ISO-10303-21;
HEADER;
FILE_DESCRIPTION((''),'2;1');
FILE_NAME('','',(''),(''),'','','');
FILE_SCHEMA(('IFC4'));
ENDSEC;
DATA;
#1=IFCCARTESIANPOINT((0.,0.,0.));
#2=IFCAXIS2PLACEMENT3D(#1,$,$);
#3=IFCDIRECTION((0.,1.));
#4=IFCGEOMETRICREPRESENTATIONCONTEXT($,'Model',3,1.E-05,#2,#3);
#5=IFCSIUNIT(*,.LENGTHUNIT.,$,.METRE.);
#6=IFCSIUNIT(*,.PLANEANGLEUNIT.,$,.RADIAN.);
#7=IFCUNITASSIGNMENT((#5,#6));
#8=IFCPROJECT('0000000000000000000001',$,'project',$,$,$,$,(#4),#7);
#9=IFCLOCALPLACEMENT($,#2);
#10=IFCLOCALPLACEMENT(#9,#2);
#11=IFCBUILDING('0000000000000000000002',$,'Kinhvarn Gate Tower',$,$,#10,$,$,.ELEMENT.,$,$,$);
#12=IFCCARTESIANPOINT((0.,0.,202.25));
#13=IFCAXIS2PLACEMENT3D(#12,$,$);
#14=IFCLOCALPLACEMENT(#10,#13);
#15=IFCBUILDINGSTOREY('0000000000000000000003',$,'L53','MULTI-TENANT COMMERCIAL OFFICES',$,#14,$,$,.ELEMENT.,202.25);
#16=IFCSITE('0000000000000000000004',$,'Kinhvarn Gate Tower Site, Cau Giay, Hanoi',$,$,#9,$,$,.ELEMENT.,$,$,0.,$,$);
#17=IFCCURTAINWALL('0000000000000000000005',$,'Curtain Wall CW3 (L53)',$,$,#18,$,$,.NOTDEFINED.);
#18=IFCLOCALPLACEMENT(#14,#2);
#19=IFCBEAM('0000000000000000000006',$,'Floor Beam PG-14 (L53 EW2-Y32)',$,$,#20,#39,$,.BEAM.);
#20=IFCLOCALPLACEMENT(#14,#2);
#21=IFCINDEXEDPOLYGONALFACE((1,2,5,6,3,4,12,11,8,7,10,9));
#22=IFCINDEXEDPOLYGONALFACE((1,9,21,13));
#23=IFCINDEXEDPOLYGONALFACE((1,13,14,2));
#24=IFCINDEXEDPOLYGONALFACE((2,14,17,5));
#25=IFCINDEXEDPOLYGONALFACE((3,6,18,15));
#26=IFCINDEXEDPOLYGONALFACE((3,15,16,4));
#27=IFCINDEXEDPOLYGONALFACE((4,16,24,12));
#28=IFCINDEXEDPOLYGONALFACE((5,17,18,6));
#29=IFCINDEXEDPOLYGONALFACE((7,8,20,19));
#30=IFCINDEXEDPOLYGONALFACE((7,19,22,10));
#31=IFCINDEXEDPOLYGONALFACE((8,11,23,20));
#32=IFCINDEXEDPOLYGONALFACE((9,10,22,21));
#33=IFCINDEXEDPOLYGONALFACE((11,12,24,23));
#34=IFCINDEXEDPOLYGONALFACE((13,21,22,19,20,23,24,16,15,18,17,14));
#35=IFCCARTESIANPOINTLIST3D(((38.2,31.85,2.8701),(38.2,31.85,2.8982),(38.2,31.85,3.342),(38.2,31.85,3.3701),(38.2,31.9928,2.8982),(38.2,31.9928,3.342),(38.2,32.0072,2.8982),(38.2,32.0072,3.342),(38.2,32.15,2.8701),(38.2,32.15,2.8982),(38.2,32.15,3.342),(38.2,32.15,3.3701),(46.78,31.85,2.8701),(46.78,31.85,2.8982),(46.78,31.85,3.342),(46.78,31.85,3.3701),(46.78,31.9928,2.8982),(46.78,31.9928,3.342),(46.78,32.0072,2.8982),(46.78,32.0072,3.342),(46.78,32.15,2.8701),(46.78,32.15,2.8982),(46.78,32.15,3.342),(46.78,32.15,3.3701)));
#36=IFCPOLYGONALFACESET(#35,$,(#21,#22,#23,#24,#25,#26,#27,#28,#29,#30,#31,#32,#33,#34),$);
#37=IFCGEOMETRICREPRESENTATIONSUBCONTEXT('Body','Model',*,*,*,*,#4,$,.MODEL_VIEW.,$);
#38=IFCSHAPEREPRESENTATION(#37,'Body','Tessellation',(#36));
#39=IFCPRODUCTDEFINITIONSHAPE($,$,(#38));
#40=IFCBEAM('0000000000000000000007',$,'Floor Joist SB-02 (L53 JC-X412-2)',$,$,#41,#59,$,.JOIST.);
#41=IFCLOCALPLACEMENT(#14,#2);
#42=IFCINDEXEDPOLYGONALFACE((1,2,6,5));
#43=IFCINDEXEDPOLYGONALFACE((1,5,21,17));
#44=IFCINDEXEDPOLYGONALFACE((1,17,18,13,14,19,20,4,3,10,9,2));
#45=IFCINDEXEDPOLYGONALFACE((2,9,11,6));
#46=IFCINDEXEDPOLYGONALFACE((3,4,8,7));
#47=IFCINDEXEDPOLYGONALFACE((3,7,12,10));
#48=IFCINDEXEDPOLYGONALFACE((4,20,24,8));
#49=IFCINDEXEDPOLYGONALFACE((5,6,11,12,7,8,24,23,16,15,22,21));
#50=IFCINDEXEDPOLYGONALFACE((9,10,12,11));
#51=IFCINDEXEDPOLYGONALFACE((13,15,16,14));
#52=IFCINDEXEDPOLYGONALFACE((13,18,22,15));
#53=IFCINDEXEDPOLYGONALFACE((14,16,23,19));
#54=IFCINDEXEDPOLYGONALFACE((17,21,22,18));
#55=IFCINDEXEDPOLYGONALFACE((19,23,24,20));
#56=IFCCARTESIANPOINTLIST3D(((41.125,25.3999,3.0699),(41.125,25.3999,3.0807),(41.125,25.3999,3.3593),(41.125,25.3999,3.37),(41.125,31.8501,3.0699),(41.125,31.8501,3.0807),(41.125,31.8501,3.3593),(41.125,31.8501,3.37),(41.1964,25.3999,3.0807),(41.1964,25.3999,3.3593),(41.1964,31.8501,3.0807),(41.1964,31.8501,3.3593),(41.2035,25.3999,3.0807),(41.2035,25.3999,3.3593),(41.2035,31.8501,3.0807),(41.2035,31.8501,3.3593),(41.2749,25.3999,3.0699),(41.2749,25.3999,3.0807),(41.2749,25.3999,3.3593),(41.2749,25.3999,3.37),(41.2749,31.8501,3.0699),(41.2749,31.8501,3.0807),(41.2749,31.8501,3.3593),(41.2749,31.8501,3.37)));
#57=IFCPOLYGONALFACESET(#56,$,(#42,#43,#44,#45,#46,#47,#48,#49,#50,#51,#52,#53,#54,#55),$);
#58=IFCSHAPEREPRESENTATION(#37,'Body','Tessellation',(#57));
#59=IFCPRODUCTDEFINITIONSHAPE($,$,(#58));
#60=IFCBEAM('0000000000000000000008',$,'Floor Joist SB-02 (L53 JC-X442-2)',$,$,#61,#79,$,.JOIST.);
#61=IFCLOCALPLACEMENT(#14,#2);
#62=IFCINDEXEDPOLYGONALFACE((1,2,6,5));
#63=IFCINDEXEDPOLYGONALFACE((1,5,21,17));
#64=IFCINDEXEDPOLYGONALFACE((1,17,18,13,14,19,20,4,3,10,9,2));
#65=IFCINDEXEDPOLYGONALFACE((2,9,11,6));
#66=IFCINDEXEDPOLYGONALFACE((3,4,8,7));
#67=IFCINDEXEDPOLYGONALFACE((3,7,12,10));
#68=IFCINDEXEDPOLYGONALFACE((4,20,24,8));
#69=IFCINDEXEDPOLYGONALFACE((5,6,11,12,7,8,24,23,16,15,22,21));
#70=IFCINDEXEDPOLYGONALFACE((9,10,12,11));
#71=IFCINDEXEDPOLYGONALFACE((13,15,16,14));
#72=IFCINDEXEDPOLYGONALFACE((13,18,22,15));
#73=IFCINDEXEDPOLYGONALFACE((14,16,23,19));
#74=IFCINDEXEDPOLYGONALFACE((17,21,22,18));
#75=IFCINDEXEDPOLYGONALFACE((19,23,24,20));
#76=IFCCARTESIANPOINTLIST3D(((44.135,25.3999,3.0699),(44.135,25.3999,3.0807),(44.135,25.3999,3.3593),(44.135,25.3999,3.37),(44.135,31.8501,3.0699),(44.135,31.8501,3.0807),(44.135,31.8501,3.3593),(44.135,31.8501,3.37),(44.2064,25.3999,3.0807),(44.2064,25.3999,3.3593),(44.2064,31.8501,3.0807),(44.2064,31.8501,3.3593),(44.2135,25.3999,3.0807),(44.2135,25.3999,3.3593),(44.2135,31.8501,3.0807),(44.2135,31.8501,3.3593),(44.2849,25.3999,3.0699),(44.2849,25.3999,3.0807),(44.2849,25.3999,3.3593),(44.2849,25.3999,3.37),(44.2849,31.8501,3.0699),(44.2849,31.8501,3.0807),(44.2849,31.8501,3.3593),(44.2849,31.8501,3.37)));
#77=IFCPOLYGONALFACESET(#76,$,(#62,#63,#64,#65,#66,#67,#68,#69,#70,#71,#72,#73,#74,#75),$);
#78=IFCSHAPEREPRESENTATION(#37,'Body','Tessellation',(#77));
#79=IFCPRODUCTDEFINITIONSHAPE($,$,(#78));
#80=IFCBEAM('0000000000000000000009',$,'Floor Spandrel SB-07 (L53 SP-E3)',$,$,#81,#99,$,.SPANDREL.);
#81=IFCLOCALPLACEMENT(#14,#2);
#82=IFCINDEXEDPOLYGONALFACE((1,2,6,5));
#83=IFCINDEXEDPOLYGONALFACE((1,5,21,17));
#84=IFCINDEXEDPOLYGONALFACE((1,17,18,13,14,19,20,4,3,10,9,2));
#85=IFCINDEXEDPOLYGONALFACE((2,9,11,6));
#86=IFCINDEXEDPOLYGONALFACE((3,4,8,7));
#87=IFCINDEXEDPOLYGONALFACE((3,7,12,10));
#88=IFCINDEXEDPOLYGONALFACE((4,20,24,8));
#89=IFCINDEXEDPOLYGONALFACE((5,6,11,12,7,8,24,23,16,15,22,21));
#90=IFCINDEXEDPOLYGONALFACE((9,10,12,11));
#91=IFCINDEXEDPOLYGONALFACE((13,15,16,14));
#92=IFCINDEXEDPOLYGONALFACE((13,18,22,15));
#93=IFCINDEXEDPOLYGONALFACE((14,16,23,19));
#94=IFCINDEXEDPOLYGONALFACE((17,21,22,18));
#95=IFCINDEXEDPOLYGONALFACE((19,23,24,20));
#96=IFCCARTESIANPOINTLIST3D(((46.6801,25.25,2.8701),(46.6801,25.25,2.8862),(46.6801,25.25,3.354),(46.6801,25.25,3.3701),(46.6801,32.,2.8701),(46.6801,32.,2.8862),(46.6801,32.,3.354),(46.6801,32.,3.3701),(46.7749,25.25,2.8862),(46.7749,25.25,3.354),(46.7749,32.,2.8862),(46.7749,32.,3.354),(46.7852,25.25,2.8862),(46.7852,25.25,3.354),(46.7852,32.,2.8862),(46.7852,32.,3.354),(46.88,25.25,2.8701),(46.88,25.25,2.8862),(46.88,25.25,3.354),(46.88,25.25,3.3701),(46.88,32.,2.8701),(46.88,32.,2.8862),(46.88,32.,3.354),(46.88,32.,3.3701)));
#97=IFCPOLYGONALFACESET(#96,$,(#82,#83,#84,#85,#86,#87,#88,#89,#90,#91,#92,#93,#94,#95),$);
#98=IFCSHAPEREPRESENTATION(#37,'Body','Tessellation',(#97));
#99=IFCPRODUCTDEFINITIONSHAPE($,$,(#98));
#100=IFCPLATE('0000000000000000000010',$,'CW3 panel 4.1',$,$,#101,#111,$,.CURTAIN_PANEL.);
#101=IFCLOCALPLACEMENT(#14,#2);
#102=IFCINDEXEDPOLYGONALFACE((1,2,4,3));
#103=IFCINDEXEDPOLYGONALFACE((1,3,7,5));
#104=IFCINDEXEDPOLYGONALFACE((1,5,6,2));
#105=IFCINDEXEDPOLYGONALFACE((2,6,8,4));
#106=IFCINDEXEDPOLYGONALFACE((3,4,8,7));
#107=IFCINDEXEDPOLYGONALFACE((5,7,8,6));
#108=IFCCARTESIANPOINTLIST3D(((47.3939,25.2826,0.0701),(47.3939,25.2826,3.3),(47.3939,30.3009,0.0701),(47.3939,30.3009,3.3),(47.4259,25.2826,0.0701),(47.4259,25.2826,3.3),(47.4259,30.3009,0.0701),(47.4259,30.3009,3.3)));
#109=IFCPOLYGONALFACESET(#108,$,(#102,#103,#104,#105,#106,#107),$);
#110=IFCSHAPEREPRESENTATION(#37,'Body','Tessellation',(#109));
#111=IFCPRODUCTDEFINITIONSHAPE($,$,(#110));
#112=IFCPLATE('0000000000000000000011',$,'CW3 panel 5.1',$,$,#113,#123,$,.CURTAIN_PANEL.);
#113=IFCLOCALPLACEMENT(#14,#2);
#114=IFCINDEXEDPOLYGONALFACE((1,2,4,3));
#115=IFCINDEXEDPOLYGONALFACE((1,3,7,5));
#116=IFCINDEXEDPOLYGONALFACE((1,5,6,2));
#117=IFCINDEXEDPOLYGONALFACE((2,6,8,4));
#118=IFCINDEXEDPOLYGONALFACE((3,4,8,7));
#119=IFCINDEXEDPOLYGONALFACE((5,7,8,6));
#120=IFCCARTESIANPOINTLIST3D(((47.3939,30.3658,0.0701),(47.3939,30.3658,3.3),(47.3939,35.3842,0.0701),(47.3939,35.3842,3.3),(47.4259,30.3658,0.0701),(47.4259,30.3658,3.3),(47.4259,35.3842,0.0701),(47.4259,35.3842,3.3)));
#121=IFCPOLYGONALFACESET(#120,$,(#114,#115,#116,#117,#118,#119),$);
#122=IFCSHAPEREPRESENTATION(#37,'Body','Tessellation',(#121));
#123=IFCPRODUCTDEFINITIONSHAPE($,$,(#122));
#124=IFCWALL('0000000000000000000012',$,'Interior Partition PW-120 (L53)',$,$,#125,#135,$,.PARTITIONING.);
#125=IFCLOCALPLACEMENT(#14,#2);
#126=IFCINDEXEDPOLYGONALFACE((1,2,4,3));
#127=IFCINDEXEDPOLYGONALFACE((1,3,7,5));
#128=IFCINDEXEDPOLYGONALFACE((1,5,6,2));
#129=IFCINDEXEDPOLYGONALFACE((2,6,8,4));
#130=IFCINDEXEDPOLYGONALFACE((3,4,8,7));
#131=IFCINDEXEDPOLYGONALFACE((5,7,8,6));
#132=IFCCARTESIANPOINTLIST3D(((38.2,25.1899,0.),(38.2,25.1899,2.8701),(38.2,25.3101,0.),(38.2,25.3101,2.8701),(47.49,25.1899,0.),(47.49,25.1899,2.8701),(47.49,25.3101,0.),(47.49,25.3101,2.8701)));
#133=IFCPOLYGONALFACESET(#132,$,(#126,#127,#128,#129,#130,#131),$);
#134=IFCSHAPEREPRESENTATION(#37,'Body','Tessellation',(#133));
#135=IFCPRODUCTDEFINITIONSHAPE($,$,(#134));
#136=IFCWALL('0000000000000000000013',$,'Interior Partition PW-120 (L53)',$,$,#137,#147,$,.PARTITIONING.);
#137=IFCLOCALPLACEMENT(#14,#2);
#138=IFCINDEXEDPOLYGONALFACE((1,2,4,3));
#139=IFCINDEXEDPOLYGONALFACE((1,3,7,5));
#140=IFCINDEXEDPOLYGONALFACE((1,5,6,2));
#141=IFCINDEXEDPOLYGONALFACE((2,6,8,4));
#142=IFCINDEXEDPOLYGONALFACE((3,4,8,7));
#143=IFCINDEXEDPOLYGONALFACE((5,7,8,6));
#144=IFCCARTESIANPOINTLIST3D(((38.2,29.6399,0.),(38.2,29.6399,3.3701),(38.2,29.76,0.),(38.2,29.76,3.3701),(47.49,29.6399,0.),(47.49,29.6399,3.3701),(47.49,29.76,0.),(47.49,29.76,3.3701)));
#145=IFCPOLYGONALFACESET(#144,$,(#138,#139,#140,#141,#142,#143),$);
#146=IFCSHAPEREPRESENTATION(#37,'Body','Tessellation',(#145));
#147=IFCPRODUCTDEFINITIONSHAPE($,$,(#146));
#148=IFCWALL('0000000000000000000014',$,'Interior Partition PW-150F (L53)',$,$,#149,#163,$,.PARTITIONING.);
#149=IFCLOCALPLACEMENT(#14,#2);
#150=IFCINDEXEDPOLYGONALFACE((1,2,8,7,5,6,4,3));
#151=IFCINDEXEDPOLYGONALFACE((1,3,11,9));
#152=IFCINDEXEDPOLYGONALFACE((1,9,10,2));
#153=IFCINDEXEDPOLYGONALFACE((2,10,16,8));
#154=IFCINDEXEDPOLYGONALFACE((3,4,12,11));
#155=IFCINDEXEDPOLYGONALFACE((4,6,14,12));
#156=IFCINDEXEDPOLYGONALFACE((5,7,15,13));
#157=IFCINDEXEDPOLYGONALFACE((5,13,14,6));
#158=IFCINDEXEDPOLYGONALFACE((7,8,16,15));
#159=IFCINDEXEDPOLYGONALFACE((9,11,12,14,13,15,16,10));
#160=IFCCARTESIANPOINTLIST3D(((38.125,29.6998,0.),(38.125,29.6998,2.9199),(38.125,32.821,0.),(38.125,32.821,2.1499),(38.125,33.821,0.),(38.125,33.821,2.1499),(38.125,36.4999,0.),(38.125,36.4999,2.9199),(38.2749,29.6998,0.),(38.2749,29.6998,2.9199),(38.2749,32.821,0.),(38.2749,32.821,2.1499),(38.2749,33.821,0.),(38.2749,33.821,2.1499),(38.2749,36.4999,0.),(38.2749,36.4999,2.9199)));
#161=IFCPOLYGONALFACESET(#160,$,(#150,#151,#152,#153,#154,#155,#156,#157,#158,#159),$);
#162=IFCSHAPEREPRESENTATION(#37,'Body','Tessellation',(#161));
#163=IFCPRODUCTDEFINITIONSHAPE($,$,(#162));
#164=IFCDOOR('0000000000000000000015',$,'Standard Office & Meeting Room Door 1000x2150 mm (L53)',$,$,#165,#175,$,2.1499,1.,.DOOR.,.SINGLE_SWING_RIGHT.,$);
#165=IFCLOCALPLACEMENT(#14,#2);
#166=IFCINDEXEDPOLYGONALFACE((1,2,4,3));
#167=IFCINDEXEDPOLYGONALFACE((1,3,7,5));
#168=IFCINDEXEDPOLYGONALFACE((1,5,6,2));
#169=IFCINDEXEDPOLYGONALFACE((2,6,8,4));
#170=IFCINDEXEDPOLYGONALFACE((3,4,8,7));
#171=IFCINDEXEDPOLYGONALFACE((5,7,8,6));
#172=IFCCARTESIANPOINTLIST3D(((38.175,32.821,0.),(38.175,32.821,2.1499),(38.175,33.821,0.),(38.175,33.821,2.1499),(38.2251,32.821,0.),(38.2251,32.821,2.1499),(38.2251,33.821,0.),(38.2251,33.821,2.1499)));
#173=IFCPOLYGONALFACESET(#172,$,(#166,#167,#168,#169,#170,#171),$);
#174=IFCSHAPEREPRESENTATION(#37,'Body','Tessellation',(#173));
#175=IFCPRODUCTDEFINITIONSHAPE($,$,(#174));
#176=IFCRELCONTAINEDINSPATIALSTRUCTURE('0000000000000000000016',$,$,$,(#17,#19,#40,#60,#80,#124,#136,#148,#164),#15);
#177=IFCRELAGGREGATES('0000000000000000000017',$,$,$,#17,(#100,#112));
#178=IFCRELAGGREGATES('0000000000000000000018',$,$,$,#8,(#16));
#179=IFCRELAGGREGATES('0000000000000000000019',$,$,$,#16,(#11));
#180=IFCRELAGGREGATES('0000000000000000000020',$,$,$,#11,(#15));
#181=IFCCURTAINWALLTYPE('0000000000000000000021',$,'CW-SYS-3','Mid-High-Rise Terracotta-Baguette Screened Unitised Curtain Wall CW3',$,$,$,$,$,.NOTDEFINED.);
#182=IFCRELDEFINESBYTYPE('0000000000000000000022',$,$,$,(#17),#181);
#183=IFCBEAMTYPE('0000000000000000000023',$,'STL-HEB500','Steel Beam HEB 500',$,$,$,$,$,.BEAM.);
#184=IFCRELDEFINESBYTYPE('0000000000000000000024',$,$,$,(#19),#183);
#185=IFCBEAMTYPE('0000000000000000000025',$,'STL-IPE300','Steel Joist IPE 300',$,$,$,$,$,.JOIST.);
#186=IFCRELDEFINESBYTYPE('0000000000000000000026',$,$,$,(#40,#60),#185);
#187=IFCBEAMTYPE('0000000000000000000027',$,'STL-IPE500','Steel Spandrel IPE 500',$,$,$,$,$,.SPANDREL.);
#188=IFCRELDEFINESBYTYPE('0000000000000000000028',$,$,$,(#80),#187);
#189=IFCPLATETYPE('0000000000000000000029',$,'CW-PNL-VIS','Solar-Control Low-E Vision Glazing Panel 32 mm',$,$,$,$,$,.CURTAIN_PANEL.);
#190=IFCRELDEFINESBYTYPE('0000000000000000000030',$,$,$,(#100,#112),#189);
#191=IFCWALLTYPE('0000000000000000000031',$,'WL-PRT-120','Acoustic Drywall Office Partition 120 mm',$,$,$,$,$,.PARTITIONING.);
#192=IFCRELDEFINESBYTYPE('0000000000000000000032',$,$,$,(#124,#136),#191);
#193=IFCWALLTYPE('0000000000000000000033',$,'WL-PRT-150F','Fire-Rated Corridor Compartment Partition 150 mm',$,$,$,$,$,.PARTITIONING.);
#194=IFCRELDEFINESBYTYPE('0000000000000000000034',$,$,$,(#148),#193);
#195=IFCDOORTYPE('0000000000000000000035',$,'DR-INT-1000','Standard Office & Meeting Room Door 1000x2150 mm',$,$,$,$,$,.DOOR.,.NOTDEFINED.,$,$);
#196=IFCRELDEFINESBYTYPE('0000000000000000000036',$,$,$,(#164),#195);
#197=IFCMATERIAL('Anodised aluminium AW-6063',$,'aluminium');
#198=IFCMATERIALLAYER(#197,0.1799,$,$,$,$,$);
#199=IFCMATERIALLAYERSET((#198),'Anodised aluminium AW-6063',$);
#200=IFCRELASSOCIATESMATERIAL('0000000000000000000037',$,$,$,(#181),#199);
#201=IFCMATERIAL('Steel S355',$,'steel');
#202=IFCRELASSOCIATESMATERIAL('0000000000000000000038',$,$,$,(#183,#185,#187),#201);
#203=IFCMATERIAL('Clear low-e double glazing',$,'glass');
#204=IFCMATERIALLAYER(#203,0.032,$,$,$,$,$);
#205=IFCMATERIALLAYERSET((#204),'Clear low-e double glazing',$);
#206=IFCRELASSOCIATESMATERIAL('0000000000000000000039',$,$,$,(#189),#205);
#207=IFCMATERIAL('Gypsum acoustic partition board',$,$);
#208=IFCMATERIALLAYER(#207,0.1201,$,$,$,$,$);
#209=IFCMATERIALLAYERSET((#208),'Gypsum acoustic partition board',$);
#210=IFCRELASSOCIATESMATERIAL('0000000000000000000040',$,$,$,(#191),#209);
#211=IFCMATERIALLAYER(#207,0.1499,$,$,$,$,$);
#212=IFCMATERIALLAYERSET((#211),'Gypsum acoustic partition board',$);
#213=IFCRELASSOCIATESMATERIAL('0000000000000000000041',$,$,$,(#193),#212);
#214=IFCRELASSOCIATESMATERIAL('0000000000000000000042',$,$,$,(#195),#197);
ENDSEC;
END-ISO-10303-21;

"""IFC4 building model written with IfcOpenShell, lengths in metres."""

from ifc_helpers import new_model, si_unit, direction, frame, frame_2d, origin, origin_2d, place, context, subcontext, project, spatial, rectangle, i_section, extrude, material, layer, layer_set, material_profile, profile_set, type_object, element, fill, aggregate, save


model = new_model("IFC4")

# Units and contexts
model_context = context("Model", 3, precision=1e-05, world=origin(), true_north=direction((0.0, 1.0)))
body_context = subcontext(model_context, "Body", "Model", "MODEL_VIEW")
ifc_project = project(units=[si_unit("LENGTHUNIT", "METRE"), si_unit("PLANEANGLEUNIT", "RADIAN")], contexts=[model_context])

# Site, building, storey
site_placement = place(None, origin())
site = spatial("IfcSite", under=ifc_project, at=site_placement, Name="Kinhvarn Gate Tower Site, Cau Giay, Hanoi", CompositionType="ELEMENT", RefElevation=0.0)
building_placement = place(site_placement, origin())
building = spatial("IfcBuilding", under=site, at=building_placement, Name="Kinhvarn Gate Tower", CompositionType="ELEMENT")
storey_placement = place(building_placement, frame((0.0, 0.0, 202.25)))
storey = spatial("IfcBuildingStorey", under=building, at=storey_placement, Name="L53", Description="MULTI-TENANT COMMERCIAL OFFICES", CompositionType="ELEMENT", Elevation=202.25)

# Curtain wall
ifc_material_1 = material(Name="Anodised aluminium AW-6063", Category="aluminium")
ifc_layer_1 = layer(ifc_material_1, 0.1799)
ifc_layer_set_1 = layer_set([ifc_layer_1], Name="Anodised aluminium AW-6063")
curtain_wall_type = type_object("IfcCurtainWallType", Name="CW-SYS-3", Description="Mid-High-Rise Terracotta-Baguette Screened Unitised Curtain Wall CW3", PredefinedType="NOTDEFINED", material=ifc_layer_set_1)
curtain_wall_placement = place(storey_placement, origin())
curtain_wall = element("IfcCurtainWall", 1, at=curtain_wall_placement, inside=storey, type_object=curtain_wall_type, Name="Curtain Wall CW3 (L53)", PredefinedType="NOTDEFINED")

# Beams
ifc_material_2 = material(Name="Steel S355", Category="steel")
ifc_material_profile_1 = material_profile(ifc_material_2, i_section(OverallWidth=0.3, OverallDepth=0.5, WebThickness=0.0144, FlangeThickness=0.0281, at=origin_2d()), Name="HEB 500")
ifc_profile_set_1 = profile_set([ifc_material_profile_1], Name="Steel S355")
beam_type_1 = type_object("IfcBeamType", Name="STL-HEB500", Description="Steel Beam HEB 500", PredefinedType="BEAM", material=ifc_profile_set_1)
beam_1_placement = place(storey_placement, frame((38.2, 32.0, 3.1201), z_axis=(1.0, 0.0, 0.0), x_axis=(0.0, 1.0, 0.0)))
element("IfcBeam", 2, at=beam_1_placement, inside=storey, type_object=beam_type_1, Name="Floor Beam PG-14 (L53 EW2-Y32)", PredefinedType="BEAM", context=body_context, shape_type="SweptSolid", body=[
    extrude(i_section(OverallWidth=0.3, OverallDepth=0.5, WebThickness=0.0144, FlangeThickness=0.0281, at=origin_2d()), origin(), (0.0, 0.0, 1.0), 8.5801),
])
ifc_material_profile_2 = material_profile(ifc_material_2, i_section(OverallWidth=0.1499, OverallDepth=0.3, WebThickness=0.0071, FlangeThickness=0.0107, at=origin_2d()), Name="IPE 300")
ifc_profile_set_2 = profile_set([ifc_material_profile_2], Name="Steel S355")
beam_type_2 = type_object("IfcBeamType", Name="STL-IPE300", Description="Steel Joist IPE 300", PredefinedType="JOIST", material=ifc_profile_set_2)
for number, where, z_axis, x_axis, name in (
    (3, (41.2, 25.3999, 3.22), (0.0, 1.0, 0.0), (-1.0, 0.0, 0.0), "Floor Joist SB-02 (L53 JC-X412-2)"),
    (4, (44.21, 25.3999, 3.22), (0.0, 1.0, 0.0), (-1.0, 0.0, 0.0), "Floor Joist SB-02 (L53 JC-X442-2)"),
):
    element("IfcBeam", number, at=place(storey_placement, frame(where, z_axis=z_axis, x_axis=x_axis)), inside=storey, type_object=beam_type_2, Name=name, PredefinedType="JOIST", context=body_context, shape_type="SweptSolid", body=[
        extrude(i_section(OverallWidth=0.1499, OverallDepth=0.3, WebThickness=0.0071, FlangeThickness=0.0107, at=origin_2d()), origin(), (0.0, 0.0, 1.0), 6.4502),
    ])
ifc_material_profile_3 = material_profile(ifc_material_2, i_section(OverallWidth=0.2, OverallDepth=0.5, WebThickness=0.0103, FlangeThickness=0.0161, at=origin_2d()), Name="IPE 500")
ifc_profile_set_3 = profile_set([ifc_material_profile_3], Name="Steel S355")
beam_type_3 = type_object("IfcBeamType", Name="STL-IPE500", Description="Steel Spandrel IPE 500", PredefinedType="SPANDREL", material=ifc_profile_set_3)
beam_2_placement = place(storey_placement, frame((46.78, 25.25, 3.1201), z_axis=(0.0, 1.0, 0.0), x_axis=(-1.0, 0.0, 0.0)))
element("IfcBeam", 5, at=beam_2_placement, inside=storey, type_object=beam_type_3, Name="Floor Spandrel SB-07 (L53 SP-E3)", PredefinedType="SPANDREL", context=body_context, shape_type="SweptSolid", body=[
    extrude(i_section(OverallWidth=0.2, OverallDepth=0.5, WebThickness=0.0103, FlangeThickness=0.0161, at=origin_2d()), origin(), (0.0, 0.0, 1.0), 6.75),
])

# Plates
ifc_material_3 = material(Name="Clear low-e double glazing", Category="glass")
ifc_layer_2 = layer(ifc_material_3, 0.032)
ifc_layer_set_2 = layer_set([ifc_layer_2], Name="Clear low-e double glazing")
plate_type = type_object("IfcPlateType", Name="CW-PNL-VIS", Description="Solar-Control Low-E Vision Glazing Panel 32 mm", PredefinedType="CURTAIN_PANEL", material=ifc_layer_set_2)
plate_1_placement = place(storey_placement, frame((47.4099, 27.7917, 0.0701), z_axis=(0.0, 0.0, 1.0), x_axis=(0.0, 1.0, 0.0)))
plate_1 = element("IfcPlate", 6, at=plate_1_placement, type_object=plate_type, Name="CW3 panel 4.1", PredefinedType="CURTAIN_PANEL", context=body_context, shape_type="SweptSolid", body=[
    extrude(rectangle(XDim=5.0183, YDim=0.032, at=origin_2d()), origin(), (0.0, 0.0, 1.0), 3.23),
])
plate_2_placement = place(storey_placement, frame((47.4099, 32.875, 0.0701), z_axis=(0.0, 0.0, 1.0), x_axis=(0.0, 1.0, 0.0)))
plate_2 = element("IfcPlate", 7, at=plate_2_placement, type_object=plate_type, Name="CW3 panel 5.1", PredefinedType="CURTAIN_PANEL", context=body_context, shape_type="SweptSolid", body=[
    extrude(rectangle(XDim=5.0183, YDim=0.032, at=origin_2d()), origin(), (0.0, 0.0, 1.0), 3.23),
])
aggregate(curtain_wall, [plate_1, plate_2])

# Walls
ifc_material_4 = material(Name="Gypsum acoustic partition board")
ifc_layer_3 = layer(ifc_material_4, 0.1201)
ifc_layer_set_3 = layer_set([ifc_layer_3], Name="Gypsum acoustic partition board")
wall_type_1 = type_object("IfcWallType", Name="WL-PRT-120", Description="Acoustic Drywall Office Partition 120 mm", PredefinedType="PARTITIONING", material=ifc_layer_set_3)
wall_1_placement = place(storey_placement, frame((38.2, 25.25, 0.0), z_axis=(0.0, 0.0, 1.0), x_axis=(1.0, 0.0, 0.0)))
element("IfcWall", 8, at=wall_1_placement, inside=storey, type_object=wall_type_1, Name="Interior Partition PW-120 (L53)", PredefinedType="PARTITIONING", context=body_context, shape_type="SweptSolid", body=[
    extrude(rectangle(XDim=9.29, YDim=0.1201, at=frame_2d((4.645, 0.0))), origin(), (0.0, 0.0, 1.0), 2.8701),
])
wall_2_placement = place(storey_placement, frame((38.2, 29.7, 0.0), z_axis=(0.0, 0.0, 1.0), x_axis=(1.0, 0.0, 0.0)))
element("IfcWall", 9, at=wall_2_placement, inside=storey, type_object=wall_type_1, Name="Interior Partition PW-120 (L53)", PredefinedType="PARTITIONING", context=body_context, shape_type="SweptSolid", body=[
    extrude(rectangle(XDim=9.29, YDim=0.1201, at=frame_2d((4.645, 0.0))), origin(), (0.0, 0.0, 1.0), 3.3701),
])

# Wall, opening, door
ifc_layer_4 = layer(ifc_material_4, 0.1499)
ifc_layer_set_4 = layer_set([ifc_layer_4], Name="Gypsum acoustic partition board")
wall_type_2 = type_object("IfcWallType", Name="WL-PRT-150F", Description="Fire-Rated Corridor Compartment Partition 150 mm", PredefinedType="PARTITIONING", material=ifc_layer_set_4)
wall_3_placement = place(storey_placement, frame((38.2, 29.7, 0.0), z_axis=(0.0, 0.0, 1.0), x_axis=(0.0, 1.0, 0.0)))
wall_3 = element("IfcWall", 10, at=wall_3_placement, inside=storey, type_object=wall_type_2, Name="Interior Partition PW-150F (L53)", PredefinedType="PARTITIONING", context=body_context, shape_type="SweptSolid", body=[
    extrude(rectangle(XDim=6.8, YDim=0.1499, at=frame_2d((3.3999, 0.0))), origin(), (0.0, 0.0, 1.0), 2.9199),
])
opening_placement = place(wall_3_placement, frame((3.1211, 0.0, 0.0)))
opening = element("IfcOpeningElement", 11, at=opening_placement, cuts=wall_3, PredefinedType="OPENING", context=body_context, shape_type="SweptSolid", body=[
    extrude(rectangle(XDim=1.0, YDim=2.1499, at=frame_2d((0.5, 1.075))), frame((0.0, 0.085, 0.0), z_axis=(0.0, -1.0, 0.0), x_axis=(1.0, 0.0, 0.0)), (0.0, 0.0, 1.0), 0.1699),
])
door_type = type_object("IfcDoorType", Name="DR-INT-1000", Description="Standard Office & Meeting Room Door 1000x2150 mm", OperationType="NOTDEFINED", PredefinedType="DOOR", material=ifc_material_1)
door_placement = place(opening_placement, origin())
door = element("IfcDoor", 12, at=door_placement, inside=storey, type_object=door_type, Name="Standard Office & Meeting Room Door 1000x2150 mm (L53)", OperationType="SINGLE_SWING_RIGHT", OverallHeight=2.1499, OverallWidth=1.0, PredefinedType="DOOR", context=body_context, shape_type="SweptSolid", body=[
    extrude(rectangle(XDim=1.0, YDim=2.1499, at=frame_2d((0.5, 1.075))), frame((0.0, 0.0249, 0.0), z_axis=(0.0, -1.0, 0.0), x_axis=(1.0, 0.0, 0.0)), (0.0, 0.0, 1.0), 0.05),
])
fill(opening, door)

save(model, "model.ifc")
